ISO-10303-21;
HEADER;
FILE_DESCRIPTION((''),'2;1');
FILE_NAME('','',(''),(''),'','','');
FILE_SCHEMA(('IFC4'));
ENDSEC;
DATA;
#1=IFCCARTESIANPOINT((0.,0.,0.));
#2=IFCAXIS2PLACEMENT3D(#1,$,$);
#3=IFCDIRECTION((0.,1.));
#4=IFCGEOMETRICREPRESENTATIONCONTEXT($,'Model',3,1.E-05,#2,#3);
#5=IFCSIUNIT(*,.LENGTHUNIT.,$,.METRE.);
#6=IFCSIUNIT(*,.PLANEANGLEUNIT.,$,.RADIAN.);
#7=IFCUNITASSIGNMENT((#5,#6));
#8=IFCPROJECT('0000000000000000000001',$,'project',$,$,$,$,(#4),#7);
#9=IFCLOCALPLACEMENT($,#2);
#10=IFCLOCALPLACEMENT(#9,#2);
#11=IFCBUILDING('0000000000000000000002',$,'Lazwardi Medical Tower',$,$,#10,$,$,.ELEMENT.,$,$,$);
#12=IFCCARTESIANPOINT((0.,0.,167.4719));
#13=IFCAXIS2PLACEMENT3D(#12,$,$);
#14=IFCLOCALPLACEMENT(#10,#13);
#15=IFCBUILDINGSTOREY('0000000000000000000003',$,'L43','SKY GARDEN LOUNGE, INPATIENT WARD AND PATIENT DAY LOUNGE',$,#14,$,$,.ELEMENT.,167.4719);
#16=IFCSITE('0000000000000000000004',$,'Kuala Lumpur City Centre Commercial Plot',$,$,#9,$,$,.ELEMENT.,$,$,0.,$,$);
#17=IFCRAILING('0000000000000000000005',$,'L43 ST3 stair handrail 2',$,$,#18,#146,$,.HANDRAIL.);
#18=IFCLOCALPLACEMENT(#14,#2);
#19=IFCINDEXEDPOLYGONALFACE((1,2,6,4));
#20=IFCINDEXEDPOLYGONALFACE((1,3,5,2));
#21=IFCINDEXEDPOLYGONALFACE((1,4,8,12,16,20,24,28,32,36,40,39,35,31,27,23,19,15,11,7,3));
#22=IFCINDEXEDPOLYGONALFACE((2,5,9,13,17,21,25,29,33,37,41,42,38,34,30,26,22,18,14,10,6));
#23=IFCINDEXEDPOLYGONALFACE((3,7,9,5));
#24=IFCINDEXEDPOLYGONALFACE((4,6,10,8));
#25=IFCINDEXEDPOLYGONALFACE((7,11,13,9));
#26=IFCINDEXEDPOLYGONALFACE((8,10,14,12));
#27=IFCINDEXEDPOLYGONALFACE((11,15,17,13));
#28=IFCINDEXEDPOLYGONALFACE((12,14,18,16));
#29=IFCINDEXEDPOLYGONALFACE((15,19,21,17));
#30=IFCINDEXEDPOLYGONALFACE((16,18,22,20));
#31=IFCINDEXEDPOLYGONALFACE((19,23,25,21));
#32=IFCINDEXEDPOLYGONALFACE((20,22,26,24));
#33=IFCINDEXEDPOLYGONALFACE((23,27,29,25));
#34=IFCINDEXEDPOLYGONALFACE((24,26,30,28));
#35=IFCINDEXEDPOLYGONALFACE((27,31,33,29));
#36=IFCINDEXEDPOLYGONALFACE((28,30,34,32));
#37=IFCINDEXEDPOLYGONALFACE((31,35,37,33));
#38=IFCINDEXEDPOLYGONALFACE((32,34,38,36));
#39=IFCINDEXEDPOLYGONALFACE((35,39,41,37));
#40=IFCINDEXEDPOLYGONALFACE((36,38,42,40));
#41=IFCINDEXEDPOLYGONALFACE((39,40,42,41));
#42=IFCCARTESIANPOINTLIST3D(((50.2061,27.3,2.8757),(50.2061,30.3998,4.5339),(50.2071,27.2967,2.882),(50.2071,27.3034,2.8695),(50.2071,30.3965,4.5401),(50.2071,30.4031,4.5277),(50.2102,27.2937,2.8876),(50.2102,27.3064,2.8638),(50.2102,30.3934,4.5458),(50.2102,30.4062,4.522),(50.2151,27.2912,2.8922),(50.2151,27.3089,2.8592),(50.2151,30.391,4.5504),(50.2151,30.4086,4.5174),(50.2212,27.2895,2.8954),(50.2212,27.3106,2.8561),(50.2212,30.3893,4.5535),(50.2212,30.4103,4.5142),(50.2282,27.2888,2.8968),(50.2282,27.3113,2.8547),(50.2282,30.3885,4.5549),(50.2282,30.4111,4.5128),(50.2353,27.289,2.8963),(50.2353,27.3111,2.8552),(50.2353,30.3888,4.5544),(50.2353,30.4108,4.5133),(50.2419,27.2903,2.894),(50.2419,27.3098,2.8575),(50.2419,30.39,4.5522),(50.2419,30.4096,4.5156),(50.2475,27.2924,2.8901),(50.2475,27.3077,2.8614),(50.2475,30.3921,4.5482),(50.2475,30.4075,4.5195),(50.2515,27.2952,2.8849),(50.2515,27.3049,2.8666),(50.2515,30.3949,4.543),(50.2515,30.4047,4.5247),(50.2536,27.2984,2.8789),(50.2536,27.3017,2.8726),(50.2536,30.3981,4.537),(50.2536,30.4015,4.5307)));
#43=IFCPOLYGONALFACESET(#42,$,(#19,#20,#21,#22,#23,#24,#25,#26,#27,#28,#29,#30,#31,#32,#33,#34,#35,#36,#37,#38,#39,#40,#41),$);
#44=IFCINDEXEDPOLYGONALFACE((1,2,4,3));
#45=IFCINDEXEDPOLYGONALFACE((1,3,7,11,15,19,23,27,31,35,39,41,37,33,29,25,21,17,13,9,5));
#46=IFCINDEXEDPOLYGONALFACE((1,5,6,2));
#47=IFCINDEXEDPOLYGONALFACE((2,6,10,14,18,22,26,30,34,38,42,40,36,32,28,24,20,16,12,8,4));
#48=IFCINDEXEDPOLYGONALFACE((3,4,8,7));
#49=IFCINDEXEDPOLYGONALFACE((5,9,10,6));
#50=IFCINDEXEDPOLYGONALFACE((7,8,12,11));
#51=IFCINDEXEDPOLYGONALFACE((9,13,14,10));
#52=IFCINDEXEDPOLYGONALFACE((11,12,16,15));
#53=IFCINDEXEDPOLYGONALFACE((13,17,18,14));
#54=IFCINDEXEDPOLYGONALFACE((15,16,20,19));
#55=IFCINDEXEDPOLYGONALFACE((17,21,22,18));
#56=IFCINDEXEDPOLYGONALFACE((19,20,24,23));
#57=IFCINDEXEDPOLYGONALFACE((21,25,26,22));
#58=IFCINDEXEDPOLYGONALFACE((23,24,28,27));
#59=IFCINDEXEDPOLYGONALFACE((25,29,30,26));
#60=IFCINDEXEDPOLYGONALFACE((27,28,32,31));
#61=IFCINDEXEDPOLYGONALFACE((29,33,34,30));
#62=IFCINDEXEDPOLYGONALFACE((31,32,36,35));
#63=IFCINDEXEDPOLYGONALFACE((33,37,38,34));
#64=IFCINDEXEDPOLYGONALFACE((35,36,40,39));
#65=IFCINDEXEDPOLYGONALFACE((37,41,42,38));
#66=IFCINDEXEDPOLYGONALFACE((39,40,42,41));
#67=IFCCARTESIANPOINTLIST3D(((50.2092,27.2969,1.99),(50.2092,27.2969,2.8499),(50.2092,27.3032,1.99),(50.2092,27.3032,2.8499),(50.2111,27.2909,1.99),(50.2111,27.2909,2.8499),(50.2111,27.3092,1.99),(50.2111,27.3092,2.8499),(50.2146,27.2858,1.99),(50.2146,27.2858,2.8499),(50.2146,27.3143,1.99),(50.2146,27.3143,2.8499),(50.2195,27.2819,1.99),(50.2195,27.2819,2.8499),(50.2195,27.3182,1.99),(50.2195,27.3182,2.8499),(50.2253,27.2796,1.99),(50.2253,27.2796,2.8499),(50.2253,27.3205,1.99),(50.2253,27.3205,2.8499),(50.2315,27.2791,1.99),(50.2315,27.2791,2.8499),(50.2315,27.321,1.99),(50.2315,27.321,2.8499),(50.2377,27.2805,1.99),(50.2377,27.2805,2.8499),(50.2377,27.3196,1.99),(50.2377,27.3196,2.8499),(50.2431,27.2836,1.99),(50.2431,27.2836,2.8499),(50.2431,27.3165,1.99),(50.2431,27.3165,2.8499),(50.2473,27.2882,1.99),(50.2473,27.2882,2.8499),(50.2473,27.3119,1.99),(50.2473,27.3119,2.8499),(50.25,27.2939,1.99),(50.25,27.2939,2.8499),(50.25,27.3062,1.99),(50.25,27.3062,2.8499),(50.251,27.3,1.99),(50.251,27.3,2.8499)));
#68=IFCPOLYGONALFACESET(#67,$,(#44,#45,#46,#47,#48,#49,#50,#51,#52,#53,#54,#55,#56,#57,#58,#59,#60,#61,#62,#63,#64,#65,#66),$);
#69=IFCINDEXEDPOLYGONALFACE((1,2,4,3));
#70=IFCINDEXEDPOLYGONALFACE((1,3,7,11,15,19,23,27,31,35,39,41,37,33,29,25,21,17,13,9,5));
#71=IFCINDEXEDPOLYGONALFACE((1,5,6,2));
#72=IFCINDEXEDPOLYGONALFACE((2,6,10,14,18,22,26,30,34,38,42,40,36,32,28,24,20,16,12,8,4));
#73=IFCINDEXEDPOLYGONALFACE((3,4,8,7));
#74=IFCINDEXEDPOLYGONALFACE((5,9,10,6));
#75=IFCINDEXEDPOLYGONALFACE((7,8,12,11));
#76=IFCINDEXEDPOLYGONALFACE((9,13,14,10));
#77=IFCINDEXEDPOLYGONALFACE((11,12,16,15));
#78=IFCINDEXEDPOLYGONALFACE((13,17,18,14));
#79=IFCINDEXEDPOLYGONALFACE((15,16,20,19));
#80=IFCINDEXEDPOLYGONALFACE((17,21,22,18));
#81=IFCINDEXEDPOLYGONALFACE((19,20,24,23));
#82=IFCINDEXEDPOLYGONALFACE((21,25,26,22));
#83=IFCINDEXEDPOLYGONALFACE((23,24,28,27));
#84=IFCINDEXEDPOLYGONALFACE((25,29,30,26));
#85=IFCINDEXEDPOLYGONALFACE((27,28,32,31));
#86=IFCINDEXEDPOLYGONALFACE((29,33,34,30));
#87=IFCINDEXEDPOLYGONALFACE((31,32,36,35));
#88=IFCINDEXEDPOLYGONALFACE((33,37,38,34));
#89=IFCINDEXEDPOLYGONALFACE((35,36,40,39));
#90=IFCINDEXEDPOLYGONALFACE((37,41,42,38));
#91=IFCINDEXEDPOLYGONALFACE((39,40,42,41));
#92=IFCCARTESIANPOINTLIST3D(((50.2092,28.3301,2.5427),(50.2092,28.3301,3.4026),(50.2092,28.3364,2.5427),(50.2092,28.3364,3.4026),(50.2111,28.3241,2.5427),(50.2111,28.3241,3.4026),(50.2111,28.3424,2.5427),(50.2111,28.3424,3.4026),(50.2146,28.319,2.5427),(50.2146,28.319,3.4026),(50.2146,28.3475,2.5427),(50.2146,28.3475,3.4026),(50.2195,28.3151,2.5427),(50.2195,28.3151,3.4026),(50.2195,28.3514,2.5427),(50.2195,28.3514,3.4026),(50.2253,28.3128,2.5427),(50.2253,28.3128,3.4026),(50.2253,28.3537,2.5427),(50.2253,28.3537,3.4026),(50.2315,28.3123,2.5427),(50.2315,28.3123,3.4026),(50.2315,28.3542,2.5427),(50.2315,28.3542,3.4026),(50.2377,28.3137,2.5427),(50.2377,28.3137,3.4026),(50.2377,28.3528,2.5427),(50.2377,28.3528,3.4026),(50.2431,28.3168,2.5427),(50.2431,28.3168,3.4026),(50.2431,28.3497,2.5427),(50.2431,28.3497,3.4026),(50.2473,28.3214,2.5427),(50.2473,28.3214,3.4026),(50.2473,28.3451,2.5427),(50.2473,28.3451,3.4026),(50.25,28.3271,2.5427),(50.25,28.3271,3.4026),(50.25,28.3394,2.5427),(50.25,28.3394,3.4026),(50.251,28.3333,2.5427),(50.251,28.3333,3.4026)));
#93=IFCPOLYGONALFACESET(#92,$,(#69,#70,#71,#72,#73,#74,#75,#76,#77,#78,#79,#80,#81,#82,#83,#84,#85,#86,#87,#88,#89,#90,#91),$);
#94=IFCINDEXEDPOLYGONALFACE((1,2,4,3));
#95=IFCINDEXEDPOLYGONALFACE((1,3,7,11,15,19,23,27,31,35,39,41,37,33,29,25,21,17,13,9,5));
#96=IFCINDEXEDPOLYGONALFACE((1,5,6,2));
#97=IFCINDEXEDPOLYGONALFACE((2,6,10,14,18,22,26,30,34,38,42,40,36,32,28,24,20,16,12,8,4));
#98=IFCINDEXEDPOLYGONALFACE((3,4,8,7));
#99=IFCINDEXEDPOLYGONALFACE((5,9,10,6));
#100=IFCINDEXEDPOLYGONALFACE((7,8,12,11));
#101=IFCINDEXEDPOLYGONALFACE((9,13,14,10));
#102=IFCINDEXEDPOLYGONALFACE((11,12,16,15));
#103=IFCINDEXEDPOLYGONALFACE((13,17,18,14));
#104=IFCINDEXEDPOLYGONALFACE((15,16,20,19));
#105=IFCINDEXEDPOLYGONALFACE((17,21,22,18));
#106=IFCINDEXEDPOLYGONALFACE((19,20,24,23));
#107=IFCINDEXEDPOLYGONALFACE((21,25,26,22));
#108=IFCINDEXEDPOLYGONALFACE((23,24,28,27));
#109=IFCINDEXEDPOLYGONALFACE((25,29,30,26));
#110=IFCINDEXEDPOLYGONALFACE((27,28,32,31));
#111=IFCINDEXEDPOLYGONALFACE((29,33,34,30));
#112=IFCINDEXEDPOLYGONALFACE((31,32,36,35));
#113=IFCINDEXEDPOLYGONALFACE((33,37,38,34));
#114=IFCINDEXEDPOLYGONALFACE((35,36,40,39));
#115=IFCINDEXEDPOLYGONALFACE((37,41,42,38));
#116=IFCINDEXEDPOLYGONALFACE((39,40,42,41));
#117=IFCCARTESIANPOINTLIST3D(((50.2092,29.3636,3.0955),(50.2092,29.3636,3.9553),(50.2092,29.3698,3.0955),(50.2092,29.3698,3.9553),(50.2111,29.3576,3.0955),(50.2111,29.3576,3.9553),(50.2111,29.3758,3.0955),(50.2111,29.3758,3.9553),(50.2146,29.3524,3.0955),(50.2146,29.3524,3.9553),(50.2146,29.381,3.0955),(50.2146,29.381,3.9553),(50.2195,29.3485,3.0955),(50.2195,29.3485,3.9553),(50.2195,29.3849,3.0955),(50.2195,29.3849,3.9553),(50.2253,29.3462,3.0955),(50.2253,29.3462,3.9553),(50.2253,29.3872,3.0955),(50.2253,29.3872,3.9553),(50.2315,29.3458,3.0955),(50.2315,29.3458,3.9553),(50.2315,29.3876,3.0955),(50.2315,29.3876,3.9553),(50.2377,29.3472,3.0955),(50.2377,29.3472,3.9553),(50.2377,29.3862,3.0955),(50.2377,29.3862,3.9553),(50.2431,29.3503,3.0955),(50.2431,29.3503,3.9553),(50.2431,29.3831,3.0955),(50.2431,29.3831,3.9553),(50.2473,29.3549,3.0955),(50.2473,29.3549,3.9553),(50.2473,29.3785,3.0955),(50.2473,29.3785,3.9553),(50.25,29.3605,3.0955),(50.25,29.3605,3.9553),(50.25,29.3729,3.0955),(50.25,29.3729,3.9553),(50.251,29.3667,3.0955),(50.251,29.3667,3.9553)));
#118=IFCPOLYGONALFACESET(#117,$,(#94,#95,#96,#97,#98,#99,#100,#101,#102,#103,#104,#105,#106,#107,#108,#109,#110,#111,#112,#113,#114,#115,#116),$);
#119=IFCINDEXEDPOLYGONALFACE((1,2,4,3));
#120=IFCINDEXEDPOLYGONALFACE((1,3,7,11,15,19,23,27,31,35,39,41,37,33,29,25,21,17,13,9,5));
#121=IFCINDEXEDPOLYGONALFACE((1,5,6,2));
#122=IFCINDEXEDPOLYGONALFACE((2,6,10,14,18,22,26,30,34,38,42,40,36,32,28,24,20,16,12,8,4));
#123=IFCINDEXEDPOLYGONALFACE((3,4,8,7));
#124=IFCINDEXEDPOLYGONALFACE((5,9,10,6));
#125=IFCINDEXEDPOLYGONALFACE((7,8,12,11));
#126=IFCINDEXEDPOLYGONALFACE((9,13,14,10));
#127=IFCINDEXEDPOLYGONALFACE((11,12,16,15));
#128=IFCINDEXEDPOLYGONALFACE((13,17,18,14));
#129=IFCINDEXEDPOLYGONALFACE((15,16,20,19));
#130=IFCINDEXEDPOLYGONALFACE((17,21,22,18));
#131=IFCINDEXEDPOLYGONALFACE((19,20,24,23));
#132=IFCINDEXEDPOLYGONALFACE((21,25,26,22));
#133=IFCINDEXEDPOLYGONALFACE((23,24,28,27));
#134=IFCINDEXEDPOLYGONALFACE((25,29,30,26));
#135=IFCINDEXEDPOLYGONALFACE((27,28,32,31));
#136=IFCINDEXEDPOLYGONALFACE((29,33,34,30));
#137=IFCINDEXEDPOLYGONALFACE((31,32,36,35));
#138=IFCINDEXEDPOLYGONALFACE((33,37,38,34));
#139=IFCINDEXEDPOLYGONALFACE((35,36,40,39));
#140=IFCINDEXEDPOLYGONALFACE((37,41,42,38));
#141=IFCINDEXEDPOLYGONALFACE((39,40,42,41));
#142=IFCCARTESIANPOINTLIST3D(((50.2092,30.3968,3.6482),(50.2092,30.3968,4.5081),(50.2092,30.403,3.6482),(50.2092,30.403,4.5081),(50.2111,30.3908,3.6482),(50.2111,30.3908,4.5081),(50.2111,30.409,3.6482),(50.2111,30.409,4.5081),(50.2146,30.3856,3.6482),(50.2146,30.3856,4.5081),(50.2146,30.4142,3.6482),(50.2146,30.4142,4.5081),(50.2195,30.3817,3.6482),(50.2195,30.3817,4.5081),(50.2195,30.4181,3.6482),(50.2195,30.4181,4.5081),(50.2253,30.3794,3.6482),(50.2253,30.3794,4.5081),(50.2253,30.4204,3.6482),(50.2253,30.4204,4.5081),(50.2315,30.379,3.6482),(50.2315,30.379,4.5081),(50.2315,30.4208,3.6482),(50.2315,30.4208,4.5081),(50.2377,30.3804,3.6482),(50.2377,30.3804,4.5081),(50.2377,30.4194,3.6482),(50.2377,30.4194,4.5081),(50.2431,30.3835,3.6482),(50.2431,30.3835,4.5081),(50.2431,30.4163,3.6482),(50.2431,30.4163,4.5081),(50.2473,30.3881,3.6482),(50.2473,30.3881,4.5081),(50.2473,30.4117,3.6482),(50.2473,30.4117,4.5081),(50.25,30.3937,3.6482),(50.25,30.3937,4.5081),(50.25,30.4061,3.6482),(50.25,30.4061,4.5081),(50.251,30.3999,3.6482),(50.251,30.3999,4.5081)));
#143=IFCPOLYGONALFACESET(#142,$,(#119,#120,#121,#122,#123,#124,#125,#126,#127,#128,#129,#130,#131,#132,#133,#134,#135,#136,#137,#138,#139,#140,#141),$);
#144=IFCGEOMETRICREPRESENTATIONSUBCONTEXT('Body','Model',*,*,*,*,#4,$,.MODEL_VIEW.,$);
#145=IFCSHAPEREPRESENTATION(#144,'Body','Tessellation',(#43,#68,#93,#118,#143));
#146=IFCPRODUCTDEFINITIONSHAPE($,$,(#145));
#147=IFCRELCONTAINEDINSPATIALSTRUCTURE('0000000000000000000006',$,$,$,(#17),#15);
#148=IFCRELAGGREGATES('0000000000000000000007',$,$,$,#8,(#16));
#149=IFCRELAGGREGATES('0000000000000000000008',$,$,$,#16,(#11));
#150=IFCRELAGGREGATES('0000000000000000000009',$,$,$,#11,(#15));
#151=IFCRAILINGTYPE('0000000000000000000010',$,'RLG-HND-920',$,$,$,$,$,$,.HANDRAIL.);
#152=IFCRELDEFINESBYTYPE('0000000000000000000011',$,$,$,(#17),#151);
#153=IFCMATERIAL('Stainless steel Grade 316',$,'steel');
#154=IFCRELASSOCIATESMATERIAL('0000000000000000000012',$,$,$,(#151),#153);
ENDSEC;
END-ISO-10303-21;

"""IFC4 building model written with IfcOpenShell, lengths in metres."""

from ifc_helpers import new_model, si_unit, direction, frame, origin, origin_2d, place, context, subcontext, project, spatial, circle, extrude, material, type_object, element, save


model = new_model("IFC4")

# Units and contexts
model_context = context("Model", 3, precision=1e-05, world=origin(), true_north=direction((0.0, 1.0)))
body_context = subcontext(model_context, "Body", "Model", "MODEL_VIEW")
ifc_project = project(units=[si_unit("LENGTHUNIT", "METRE"), si_unit("PLANEANGLEUNIT", "RADIAN")], contexts=[model_context])

# Site, building, storey
site_placement = place(None, origin())
site = spatial("IfcSite", under=ifc_project, at=site_placement, Name="Kuala Lumpur City Centre Commercial Plot", CompositionType="ELEMENT", RefElevation=0.0)
building_placement = place(site_placement, origin())
building = spatial("IfcBuilding", under=site, at=building_placement, Name="Lazwardi Medical Tower", CompositionType="ELEMENT")
storey_placement = place(building_placement, frame((0.0, 0.0, 167.4719)))
storey = spatial("IfcBuildingStorey", under=building, at=storey_placement, Name="L43", Description="SKY GARDEN LOUNGE, INPATIENT WARD AND PATIENT DAY LOUNGE", CompositionType="ELEMENT", Elevation=167.4719)

# Railing
ifc_material_1 = material(Name="Stainless steel Grade 316", Category="steel")
railing_type_1 = type_object("IfcRailingType", Name="RLG-HND-920", PredefinedType="HANDRAIL", material=ifc_material_1)
railing_1_placement = place(storey_placement, frame((50.23, 27.3, 1.99)))
element("IfcRailing", 1, at=railing_1_placement, inside=storey, type_object=railing_type_1, Name="L43 ST3 stair handrail 2", PredefinedType="HANDRAIL", context=body_context, shape_type="SweptSolid", body=[
    extrude(circle(Radius=0.0239, at=origin_2d()), frame((0.0, 0.0, 0.8857), z_axis=(0.0, 0.881768, 0.471684), x_axis=(-1.0, 0.0, 0.0)), (0.0, 0.0, 1.0), 3.5154),
    extrude(circle(Radius=0.021, at=origin_2d()), origin(), (0.0, 0.0, 1.0), 0.8599),
    extrude(circle(Radius=0.021, at=origin_2d()), frame((0.0, 1.0332, 0.5527)), (0.0, 0.0, 1.0), 0.8599),
    extrude(circle(Radius=0.021, at=origin_2d()), frame((0.0, 2.0667, 1.1055)), (0.0, 0.0, 1.0), 0.8599),
    extrude(circle(Radius=0.021, at=origin_2d()), frame((0.0, 3.0999, 1.6582)), (0.0, 0.0, 1.0), 0.8599),
])

save(model, "model.ifc")
